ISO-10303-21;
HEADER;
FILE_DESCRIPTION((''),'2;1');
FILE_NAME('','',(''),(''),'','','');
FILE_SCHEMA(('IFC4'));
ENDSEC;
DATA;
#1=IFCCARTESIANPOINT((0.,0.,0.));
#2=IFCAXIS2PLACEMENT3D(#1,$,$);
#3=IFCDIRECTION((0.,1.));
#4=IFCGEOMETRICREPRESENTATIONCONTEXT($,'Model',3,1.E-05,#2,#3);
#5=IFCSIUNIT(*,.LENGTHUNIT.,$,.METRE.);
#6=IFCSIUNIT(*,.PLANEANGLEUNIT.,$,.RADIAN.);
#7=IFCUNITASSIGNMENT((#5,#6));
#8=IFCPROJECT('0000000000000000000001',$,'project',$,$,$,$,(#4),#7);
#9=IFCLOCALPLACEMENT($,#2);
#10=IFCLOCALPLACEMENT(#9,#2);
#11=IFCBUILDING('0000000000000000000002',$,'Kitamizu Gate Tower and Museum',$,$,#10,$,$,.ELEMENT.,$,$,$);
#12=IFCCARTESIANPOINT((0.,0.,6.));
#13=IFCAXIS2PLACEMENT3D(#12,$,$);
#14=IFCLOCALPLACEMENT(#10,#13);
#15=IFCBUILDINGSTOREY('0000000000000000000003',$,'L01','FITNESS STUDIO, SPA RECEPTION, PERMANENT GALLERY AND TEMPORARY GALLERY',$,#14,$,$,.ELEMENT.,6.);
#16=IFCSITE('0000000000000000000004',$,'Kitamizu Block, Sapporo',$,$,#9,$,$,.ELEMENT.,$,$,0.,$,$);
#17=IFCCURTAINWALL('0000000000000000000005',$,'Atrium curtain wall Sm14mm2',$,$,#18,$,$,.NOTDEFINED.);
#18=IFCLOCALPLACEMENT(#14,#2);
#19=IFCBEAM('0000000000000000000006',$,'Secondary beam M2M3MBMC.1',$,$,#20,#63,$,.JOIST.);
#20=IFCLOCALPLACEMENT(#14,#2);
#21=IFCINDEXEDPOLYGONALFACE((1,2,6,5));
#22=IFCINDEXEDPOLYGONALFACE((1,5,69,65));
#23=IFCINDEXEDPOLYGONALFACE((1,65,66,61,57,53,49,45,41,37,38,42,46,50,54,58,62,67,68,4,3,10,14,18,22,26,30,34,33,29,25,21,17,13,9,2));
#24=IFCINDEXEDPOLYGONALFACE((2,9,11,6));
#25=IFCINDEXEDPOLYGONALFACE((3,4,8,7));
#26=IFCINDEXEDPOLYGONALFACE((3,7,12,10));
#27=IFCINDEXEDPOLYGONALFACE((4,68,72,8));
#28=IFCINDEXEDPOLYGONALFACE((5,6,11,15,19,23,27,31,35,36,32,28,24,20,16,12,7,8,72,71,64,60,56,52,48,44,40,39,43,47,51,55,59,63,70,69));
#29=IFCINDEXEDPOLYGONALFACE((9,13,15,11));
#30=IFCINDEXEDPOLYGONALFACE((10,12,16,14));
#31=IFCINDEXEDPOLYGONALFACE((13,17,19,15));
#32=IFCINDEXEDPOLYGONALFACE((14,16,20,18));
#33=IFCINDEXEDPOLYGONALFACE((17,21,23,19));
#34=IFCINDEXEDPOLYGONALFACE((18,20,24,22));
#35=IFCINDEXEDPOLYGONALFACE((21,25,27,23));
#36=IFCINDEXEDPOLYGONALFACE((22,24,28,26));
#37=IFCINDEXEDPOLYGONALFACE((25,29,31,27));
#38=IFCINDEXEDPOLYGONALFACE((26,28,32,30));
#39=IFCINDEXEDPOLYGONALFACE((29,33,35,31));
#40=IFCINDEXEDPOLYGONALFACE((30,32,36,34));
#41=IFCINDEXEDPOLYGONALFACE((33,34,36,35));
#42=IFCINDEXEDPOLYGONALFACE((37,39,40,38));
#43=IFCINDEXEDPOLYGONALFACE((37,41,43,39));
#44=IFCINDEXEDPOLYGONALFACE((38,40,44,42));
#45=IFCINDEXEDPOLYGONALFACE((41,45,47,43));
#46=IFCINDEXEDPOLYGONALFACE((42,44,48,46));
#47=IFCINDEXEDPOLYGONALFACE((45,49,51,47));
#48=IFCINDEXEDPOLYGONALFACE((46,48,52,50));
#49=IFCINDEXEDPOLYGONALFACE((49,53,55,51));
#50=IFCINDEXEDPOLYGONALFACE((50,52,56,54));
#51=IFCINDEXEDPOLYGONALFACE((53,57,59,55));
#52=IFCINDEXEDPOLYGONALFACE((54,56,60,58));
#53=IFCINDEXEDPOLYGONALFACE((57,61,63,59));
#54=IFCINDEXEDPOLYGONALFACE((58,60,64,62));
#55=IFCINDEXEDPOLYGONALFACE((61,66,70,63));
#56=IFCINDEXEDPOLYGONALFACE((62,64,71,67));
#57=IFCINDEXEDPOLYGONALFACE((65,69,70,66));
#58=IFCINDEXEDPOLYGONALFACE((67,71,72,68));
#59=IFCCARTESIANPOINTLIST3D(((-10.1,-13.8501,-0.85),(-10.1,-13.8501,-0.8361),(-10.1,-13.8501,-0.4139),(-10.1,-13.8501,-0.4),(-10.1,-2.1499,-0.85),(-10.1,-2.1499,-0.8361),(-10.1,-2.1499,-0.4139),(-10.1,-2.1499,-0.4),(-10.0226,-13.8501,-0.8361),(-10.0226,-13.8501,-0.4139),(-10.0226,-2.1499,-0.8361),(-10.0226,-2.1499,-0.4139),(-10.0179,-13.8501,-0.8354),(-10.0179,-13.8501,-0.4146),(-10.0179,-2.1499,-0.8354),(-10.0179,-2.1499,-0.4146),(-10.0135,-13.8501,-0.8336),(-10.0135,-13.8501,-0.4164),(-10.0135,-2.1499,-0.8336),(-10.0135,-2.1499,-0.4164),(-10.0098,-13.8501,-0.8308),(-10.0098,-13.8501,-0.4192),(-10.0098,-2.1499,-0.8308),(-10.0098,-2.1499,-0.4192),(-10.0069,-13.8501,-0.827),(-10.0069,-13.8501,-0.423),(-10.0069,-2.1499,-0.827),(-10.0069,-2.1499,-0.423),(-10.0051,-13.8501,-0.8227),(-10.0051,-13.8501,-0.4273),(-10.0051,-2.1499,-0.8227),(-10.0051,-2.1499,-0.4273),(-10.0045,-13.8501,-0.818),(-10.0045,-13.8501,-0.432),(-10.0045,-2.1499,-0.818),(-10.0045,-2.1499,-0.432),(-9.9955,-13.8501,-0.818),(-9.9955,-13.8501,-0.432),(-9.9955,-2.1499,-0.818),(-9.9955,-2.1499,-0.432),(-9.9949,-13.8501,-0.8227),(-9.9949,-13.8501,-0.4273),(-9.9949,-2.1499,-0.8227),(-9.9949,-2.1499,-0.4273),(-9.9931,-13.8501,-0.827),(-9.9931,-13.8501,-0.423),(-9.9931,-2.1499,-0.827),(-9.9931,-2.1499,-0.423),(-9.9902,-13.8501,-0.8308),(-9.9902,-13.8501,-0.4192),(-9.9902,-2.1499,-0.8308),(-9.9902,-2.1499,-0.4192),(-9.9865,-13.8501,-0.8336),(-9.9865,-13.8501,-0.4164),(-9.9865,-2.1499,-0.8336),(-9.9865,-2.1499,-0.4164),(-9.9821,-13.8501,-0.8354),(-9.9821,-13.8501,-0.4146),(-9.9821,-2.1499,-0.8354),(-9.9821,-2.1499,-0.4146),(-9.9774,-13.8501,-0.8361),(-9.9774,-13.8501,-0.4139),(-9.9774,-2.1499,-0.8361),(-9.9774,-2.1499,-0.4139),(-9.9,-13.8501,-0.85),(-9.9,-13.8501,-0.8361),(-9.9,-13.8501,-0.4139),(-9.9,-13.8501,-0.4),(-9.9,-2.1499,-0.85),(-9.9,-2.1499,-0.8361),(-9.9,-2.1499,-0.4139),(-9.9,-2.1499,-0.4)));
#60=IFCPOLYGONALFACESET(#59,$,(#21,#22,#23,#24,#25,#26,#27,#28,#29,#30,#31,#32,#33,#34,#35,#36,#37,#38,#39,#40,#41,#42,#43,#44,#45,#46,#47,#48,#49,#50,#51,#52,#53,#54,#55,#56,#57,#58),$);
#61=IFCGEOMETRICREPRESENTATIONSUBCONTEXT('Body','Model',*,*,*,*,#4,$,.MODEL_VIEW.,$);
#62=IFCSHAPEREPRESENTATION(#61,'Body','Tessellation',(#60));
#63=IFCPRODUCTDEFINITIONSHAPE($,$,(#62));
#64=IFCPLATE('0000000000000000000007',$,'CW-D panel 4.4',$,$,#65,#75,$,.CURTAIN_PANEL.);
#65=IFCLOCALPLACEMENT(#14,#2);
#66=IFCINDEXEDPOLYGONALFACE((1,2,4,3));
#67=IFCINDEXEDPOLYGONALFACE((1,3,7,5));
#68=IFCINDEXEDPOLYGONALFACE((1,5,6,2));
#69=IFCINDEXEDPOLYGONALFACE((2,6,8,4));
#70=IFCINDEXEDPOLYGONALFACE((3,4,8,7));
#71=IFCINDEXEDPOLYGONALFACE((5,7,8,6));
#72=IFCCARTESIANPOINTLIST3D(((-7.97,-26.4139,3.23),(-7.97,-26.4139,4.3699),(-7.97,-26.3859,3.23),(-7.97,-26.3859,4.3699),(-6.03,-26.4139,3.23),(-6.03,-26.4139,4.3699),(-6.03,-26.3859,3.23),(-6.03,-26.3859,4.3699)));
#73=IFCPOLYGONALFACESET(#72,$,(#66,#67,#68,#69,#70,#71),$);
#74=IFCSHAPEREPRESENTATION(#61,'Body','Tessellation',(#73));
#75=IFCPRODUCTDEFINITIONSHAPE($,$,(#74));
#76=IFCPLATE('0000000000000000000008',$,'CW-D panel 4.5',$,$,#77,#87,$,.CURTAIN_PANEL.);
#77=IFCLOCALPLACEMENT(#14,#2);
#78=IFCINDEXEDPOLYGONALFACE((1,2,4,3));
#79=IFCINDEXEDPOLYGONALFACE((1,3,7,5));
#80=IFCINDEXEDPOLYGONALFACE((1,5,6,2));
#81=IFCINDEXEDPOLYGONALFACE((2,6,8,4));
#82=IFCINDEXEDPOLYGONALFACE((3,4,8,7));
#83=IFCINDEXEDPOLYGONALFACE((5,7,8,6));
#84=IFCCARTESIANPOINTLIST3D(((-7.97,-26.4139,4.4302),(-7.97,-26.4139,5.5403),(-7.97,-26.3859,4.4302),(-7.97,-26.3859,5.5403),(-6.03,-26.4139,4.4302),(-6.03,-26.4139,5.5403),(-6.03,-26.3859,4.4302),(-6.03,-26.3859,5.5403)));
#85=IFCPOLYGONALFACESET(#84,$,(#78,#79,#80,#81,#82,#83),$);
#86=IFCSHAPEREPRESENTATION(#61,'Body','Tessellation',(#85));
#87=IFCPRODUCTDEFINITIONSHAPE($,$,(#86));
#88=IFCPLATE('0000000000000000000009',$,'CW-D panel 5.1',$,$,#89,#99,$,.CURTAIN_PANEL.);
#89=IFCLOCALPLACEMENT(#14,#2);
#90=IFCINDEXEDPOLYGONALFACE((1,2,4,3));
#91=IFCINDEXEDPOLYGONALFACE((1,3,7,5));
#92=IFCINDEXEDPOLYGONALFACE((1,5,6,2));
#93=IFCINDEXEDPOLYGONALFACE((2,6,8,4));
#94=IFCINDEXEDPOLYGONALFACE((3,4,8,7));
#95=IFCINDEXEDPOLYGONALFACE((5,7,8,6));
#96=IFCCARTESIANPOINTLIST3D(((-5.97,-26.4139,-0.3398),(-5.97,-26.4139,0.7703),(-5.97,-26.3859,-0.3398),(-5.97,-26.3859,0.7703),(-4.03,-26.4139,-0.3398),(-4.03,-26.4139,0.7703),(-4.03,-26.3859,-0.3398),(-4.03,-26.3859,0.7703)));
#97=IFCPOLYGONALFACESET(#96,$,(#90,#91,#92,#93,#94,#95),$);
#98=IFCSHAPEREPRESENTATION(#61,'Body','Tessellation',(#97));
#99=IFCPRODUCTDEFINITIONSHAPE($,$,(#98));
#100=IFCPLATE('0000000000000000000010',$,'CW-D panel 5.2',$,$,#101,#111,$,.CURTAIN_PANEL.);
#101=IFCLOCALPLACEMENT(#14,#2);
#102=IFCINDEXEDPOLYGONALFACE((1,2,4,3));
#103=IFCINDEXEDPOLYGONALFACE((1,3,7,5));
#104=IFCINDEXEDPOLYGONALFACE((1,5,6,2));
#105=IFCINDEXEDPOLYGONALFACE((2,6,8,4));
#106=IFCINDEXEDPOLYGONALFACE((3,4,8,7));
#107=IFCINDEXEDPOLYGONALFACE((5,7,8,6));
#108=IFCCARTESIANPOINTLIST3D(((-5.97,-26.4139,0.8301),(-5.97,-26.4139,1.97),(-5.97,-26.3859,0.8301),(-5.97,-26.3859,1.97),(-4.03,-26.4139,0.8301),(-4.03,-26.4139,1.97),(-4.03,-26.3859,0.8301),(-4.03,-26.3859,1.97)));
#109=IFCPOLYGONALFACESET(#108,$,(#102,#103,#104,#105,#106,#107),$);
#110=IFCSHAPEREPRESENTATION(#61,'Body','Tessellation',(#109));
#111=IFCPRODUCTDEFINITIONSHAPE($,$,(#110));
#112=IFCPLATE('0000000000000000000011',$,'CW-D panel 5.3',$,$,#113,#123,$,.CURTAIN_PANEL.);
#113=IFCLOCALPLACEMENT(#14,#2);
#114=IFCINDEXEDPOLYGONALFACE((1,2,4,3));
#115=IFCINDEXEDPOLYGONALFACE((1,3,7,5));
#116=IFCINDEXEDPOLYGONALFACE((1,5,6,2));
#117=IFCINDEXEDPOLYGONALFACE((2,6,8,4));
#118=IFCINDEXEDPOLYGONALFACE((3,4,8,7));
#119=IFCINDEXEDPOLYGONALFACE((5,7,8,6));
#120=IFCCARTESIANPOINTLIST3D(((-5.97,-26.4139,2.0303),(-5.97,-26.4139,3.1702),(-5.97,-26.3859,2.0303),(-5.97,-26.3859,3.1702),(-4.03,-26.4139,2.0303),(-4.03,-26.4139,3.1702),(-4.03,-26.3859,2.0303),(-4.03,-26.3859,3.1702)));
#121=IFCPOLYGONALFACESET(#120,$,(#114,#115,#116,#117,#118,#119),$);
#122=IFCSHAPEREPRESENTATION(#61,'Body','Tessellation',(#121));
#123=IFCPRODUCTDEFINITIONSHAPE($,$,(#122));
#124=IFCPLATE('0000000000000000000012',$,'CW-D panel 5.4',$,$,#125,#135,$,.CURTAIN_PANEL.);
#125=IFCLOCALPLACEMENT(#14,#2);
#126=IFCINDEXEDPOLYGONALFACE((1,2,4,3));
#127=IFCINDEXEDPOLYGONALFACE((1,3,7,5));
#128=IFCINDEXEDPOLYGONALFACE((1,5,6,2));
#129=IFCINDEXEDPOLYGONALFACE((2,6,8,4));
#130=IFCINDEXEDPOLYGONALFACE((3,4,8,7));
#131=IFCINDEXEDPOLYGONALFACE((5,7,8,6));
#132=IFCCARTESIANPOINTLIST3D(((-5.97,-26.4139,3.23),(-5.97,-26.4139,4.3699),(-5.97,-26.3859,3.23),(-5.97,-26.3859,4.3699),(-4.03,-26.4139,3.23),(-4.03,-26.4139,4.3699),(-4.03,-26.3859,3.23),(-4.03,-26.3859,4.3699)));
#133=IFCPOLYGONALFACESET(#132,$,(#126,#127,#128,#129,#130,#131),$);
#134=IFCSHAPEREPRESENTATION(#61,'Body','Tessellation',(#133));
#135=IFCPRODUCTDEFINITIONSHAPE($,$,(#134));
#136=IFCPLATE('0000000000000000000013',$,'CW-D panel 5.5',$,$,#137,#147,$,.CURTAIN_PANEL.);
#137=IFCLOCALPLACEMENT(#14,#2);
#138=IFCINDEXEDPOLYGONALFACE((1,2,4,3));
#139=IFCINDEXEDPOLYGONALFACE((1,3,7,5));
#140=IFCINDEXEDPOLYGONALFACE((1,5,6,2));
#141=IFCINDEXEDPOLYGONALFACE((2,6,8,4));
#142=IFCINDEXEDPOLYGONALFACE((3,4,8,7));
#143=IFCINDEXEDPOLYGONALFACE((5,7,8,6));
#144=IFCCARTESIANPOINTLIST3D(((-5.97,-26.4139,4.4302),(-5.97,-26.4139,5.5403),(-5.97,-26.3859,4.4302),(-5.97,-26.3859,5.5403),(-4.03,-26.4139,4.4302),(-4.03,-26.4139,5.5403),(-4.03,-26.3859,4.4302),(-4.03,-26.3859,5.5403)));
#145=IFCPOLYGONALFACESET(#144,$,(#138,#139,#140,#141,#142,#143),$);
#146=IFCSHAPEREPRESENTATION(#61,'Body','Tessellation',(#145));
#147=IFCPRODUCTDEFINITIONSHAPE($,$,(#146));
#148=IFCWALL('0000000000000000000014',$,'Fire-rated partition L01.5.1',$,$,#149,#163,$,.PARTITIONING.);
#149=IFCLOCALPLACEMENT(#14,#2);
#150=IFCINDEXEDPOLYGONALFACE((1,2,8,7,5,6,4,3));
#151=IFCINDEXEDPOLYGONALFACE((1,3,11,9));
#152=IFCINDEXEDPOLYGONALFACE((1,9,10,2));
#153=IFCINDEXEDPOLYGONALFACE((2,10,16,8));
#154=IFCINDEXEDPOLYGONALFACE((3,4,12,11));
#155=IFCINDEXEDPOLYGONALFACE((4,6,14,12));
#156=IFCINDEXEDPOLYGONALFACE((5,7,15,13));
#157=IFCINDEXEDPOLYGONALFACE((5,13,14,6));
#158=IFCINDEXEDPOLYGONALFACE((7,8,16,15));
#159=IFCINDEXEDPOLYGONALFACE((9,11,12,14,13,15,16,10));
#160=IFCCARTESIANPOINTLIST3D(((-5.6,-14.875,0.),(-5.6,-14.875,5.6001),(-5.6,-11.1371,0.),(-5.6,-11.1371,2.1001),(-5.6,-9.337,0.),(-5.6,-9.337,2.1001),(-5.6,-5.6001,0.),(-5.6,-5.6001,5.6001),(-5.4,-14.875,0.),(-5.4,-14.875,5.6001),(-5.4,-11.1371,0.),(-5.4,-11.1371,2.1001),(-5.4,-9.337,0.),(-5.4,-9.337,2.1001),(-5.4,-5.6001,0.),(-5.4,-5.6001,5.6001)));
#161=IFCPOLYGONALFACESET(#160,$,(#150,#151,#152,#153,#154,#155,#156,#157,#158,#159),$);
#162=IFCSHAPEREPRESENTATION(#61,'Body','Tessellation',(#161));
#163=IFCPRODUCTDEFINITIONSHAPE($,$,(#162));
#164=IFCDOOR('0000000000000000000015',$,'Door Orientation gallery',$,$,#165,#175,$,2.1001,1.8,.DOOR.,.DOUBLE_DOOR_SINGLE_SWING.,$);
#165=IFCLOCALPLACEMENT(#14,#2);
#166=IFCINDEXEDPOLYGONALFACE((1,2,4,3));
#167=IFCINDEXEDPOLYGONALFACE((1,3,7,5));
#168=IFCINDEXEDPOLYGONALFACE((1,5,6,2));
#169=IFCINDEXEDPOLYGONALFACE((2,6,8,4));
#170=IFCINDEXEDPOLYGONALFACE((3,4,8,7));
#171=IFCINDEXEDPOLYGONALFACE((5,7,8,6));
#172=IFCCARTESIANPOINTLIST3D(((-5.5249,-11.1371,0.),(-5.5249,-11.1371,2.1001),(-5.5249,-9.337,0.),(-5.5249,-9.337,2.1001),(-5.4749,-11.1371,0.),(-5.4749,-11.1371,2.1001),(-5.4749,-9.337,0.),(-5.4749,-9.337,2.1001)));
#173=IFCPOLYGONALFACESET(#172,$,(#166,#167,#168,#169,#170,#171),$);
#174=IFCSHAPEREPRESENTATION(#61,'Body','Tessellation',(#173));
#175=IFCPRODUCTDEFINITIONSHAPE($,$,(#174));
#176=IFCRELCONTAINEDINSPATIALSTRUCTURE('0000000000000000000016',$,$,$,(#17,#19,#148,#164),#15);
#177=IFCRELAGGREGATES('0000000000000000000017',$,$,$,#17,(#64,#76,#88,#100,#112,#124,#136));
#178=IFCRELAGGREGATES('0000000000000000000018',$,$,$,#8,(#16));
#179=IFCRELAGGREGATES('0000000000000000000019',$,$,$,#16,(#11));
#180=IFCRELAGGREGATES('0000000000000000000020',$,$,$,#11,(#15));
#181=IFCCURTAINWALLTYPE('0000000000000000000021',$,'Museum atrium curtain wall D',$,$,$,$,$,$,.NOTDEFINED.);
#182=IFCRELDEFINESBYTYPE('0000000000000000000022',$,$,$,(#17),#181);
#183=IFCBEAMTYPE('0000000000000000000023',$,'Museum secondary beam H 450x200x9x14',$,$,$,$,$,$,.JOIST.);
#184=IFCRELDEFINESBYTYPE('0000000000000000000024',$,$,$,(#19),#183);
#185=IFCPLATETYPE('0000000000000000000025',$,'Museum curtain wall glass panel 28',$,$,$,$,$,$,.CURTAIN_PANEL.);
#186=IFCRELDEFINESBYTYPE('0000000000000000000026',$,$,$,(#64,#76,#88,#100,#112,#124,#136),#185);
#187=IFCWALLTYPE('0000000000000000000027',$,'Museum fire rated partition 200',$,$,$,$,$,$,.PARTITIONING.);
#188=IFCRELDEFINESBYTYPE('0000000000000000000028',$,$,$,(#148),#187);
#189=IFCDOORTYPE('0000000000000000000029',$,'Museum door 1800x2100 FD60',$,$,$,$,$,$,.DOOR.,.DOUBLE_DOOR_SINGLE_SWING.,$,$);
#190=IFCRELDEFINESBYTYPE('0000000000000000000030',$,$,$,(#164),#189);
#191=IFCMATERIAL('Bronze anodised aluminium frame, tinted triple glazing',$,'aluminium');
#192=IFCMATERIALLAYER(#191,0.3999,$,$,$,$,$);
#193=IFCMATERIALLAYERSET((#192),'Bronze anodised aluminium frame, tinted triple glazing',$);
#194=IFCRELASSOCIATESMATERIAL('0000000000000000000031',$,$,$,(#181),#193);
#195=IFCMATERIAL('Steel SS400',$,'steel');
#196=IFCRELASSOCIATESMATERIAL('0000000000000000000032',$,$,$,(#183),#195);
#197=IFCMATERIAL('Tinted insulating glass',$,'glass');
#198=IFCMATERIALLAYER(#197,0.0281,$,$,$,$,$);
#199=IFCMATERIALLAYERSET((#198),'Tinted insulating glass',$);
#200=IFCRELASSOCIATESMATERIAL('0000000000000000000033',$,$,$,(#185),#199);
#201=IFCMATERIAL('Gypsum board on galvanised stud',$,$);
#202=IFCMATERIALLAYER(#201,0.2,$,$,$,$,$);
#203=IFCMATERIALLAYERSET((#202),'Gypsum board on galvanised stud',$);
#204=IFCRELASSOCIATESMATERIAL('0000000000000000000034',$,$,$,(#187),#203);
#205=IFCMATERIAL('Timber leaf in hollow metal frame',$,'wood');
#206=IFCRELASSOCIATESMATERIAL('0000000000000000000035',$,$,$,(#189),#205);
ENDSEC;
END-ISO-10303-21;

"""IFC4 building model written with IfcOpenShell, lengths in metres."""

from ifc_helpers import new_model, si_unit, direction, frame, frame_2d, origin, origin_2d, place, context, subcontext, project, spatial, rectangle, i_section, extrude, material, layer, layer_set, material_profile, profile_set, type_object, element, fill, aggregate, save


model = new_model("IFC4")

# Units and contexts
model_context = context("Model", 3, precision=1e-05, world=origin(), true_north=direction((0.0, 1.0)))
body_context = subcontext(model_context, "Body", "Model", "MODEL_VIEW")
ifc_project = project(units=[si_unit("LENGTHUNIT", "METRE"), si_unit("PLANEANGLEUNIT", "RADIAN")], contexts=[model_context])

# Site, building, storey
site_placement = place(None, origin())
site = spatial("IfcSite", under=ifc_project, at=site_placement, Name="Kitamizu Block, Sapporo", CompositionType="ELEMENT", RefElevation=0.0)
building_placement = place(site_placement, origin())
building = spatial("IfcBuilding", under=site, at=building_placement, Name="Kitamizu Gate Tower and Museum", CompositionType="ELEMENT")
storey_placement = place(building_placement, frame((0.0, 0.0, 6.0)))
storey = spatial("IfcBuildingStorey", under=building, at=storey_placement, Name="L01", Description="FITNESS STUDIO, SPA RECEPTION, PERMANENT GALLERY AND TEMPORARY GALLERY", CompositionType="ELEMENT", Elevation=6.0)

# Curtain wall
ifc_material_1 = material(Name="Bronze anodised aluminium frame, tinted triple glazing", Category="aluminium")
ifc_layer_1 = layer(ifc_material_1, 0.3999)
ifc_layer_set_1 = layer_set([ifc_layer_1], Name="Bronze anodised aluminium frame, tinted triple glazing")
curtain_wall_type = type_object("IfcCurtainWallType", Name="Museum atrium curtain wall D", PredefinedType="NOTDEFINED", material=ifc_layer_set_1)
curtain_wall_placement = place(storey_placement, origin())
curtain_wall = element("IfcCurtainWall", 1, at=curtain_wall_placement, inside=storey, type_object=curtain_wall_type, Name="Atrium curtain wall Sm14mm2", PredefinedType="NOTDEFINED")

# Beam
ifc_material_2 = material(Name="Steel SS400", Category="steel")
ifc_material_profile_1 = material_profile(ifc_material_2, i_section(OverallWidth=0.2, OverallDepth=0.45, WebThickness=0.009, FlangeThickness=0.0139, FilletRadius=0.0181, at=origin_2d()), Name="H-450x200x9x14")
ifc_profile_set_1 = profile_set([ifc_material_profile_1], Name="Steel SS400")
beam_type = type_object("IfcBeamType", Name="Museum secondary beam H 450x200x9x14", PredefinedType="JOIST", material=ifc_profile_set_1)
beam_placement = place(storey_placement, frame((-10.0, -13.8501, -0.625), z_axis=(0.0, 1.0, 0.0), x_axis=(-1.0, 0.0, 0.0)))
element("IfcBeam", 2, at=beam_placement, inside=storey, type_object=beam_type, Name="Secondary beam M2M3MBMC.1", PredefinedType="JOIST", context=body_context, shape_type="SweptSolid", body=[
    extrude(i_section(OverallWidth=0.2, OverallDepth=0.45, WebThickness=0.009, FlangeThickness=0.0139, FilletRadius=0.0181, at=origin_2d()), origin(), (0.0, 0.0, 1.0), 11.7002),
])

# Plates
ifc_material_3 = material(Name="Tinted insulating glass", Category="glass")
ifc_layer_2 = layer(ifc_material_3, 0.0281)
ifc_layer_set_2 = layer_set([ifc_layer_2], Name="Tinted insulating glass")
plate_type = type_object("IfcPlateType", Name="Museum curtain wall glass panel 28", PredefinedType="CURTAIN_PANEL", material=ifc_layer_set_2)
plate_1_placement = place(storey_placement, frame((-7.0, -26.3999, 3.23), z_axis=(0.0, 0.0, 1.0), x_axis=(1.0, 0.0, 0.0)))
plate_1 = element("IfcPlate", 3, at=plate_1_placement, type_object=plate_type, Name="CW-D panel 4.4", PredefinedType="CURTAIN_PANEL", context=body_context, shape_type="SweptSolid", body=[
    extrude(rectangle(XDim=1.9399, YDim=0.0281, at=origin_2d()), origin(), (0.0, 0.0, 1.0), 1.1399),
])
plate_2_placement = place(storey_placement, frame((-7.0, -26.3999, 4.4302), z_axis=(0.0, 0.0, 1.0), x_axis=(1.0, 0.0, 0.0)))
plate_2 = element("IfcPlate", 4, at=plate_2_placement, type_object=plate_type, Name="CW-D panel 4.5", PredefinedType="CURTAIN_PANEL", context=body_context, shape_type="SweptSolid", body=[
    extrude(rectangle(XDim=1.9399, YDim=0.0281, at=origin_2d()), origin(), (0.0, 0.0, 1.0), 1.1101),
])
plate_3_placement = place(storey_placement, frame((-5.0, -26.3999, -0.3398), z_axis=(0.0, 0.0, 1.0), x_axis=(1.0, 0.0, 0.0)))
plate_3 = element("IfcPlate", 5, at=plate_3_placement, type_object=plate_type, Name="CW-D panel 5.1", PredefinedType="CURTAIN_PANEL", context=body_context, shape_type="SweptSolid", body=[
    extrude(rectangle(XDim=1.9399, YDim=0.0281, at=origin_2d()), origin(), (0.0, 0.0, 1.0), 1.1101),
])
plate_4_placement = place(storey_placement, frame((-5.0, -26.3999, 0.8301), z_axis=(0.0, 0.0, 1.0), x_axis=(1.0, 0.0, 0.0)))
plate_4 = element("IfcPlate", 6, at=plate_4_placement, type_object=plate_type, Name="CW-D panel 5.2", PredefinedType="CURTAIN_PANEL", context=body_context, shape_type="SweptSolid", body=[
    extrude(rectangle(XDim=1.9399, YDim=0.0281, at=origin_2d()), origin(), (0.0, 0.0, 1.0), 1.1399),
])
plate_5_placement = place(storey_placement, frame((-5.0, -26.3999, 2.0303), z_axis=(0.0, 0.0, 1.0), x_axis=(1.0, 0.0, 0.0)))
plate_5 = element("IfcPlate", 7, at=plate_5_placement, type_object=plate_type, Name="CW-D panel 5.3", PredefinedType="CURTAIN_PANEL", context=body_context, shape_type="SweptSolid", body=[
    extrude(rectangle(XDim=1.9399, YDim=0.0281, at=origin_2d()), origin(), (0.0, 0.0, 1.0), 1.1399),
])
plate_6_placement = place(storey_placement, frame((-5.0, -26.3999, 3.23), z_axis=(0.0, 0.0, 1.0), x_axis=(1.0, 0.0, 0.0)))
plate_6 = element("IfcPlate", 8, at=plate_6_placement, type_object=plate_type, Name="CW-D panel 5.4", PredefinedType="CURTAIN_PANEL", context=body_context, shape_type="SweptSolid", body=[
    extrude(rectangle(XDim=1.9399, YDim=0.0281, at=origin_2d()), origin(), (0.0, 0.0, 1.0), 1.1399),
])
plate_7_placement = place(storey_placement, frame((-5.0, -26.3999, 4.4302), z_axis=(0.0, 0.0, 1.0), x_axis=(1.0, 0.0, 0.0)))
plate_7 = element("IfcPlate", 9, at=plate_7_placement, type_object=plate_type, Name="CW-D panel 5.5", PredefinedType="CURTAIN_PANEL", context=body_context, shape_type="SweptSolid", body=[
    extrude(rectangle(XDim=1.9399, YDim=0.0281, at=origin_2d()), origin(), (0.0, 0.0, 1.0), 1.1101),
])
aggregate(curtain_wall, [plate_1, plate_2, plate_3, plate_4, plate_5, plate_6, plate_7])

# Wall, opening, door
ifc_material_4 = material(Name="Gypsum board on galvanised stud")
ifc_layer_3 = layer(ifc_material_4, 0.2)
ifc_layer_set_3 = layer_set([ifc_layer_3], Name="Gypsum board on galvanised stud")
wall_type_1 = type_object("IfcWallType", Name="Museum fire rated partition 200", PredefinedType="PARTITIONING", material=ifc_layer_set_3)
wall_1_placement = place(storey_placement, frame((-5.5, -14.875, 0.0), z_axis=(0.0, 0.0, 1.0), x_axis=(0.0, 1.0, 0.0)))
wall_1 = element("IfcWall", 10, at=wall_1_placement, inside=storey, type_object=wall_type_1, Name="Fire-rated partition L01.5.1", PredefinedType="PARTITIONING", context=body_context, shape_type="SweptSolid", body=[
    extrude(rectangle(XDim=9.2749, YDim=0.2, at=frame_2d((4.6375, 0.0))), origin(), (0.0, 0.0, 1.0), 5.6001),
])
opening_1_placement = place(wall_1_placement, frame((3.738, 0.0, 0.0)))
opening_1 = element("IfcOpeningElement", 11, at=opening_1_placement, cuts=wall_1, PredefinedType="OPENING", context=body_context, shape_type="SweptSolid", body=[
    extrude(rectangle(XDim=1.8, YDim=2.1001, at=frame_2d((0.8999, 1.05))), frame((0.0, 0.1099, 0.0), z_axis=(0.0, -1.0, 0.0), x_axis=(1.0, 0.0, 0.0)), (0.0, 0.0, 1.0), 0.22),
])
ifc_material_5 = material(Name="Timber leaf in hollow metal frame", Category="wood")
door_type = type_object("IfcDoorType", Name="Museum door 1800x2100 FD60", OperationType="DOUBLE_DOOR_SINGLE_SWING", PredefinedType="DOOR", material=ifc_material_5)
door_1_placement = place(opening_1_placement, origin())
door_1 = element("IfcDoor", 12, at=door_1_placement, inside=storey, type_object=door_type, Name="Door Orientation gallery", OperationType="DOUBLE_DOOR_SINGLE_SWING", OverallHeight=2.1001, OverallWidth=1.8, PredefinedType="DOOR", context=body_context, shape_type="SweptSolid", body=[
    extrude(rectangle(XDim=1.8, YDim=2.1001, at=frame_2d((0.8999, 1.05))), frame((0.0, 0.0249, 0.0), z_axis=(0.0, -1.0, 0.0), x_axis=(1.0, 0.0, 0.0)), (0.0, 0.0, 1.0), 0.05),
])
fill(opening_1, door_1)

save(model, "model.ifc")
